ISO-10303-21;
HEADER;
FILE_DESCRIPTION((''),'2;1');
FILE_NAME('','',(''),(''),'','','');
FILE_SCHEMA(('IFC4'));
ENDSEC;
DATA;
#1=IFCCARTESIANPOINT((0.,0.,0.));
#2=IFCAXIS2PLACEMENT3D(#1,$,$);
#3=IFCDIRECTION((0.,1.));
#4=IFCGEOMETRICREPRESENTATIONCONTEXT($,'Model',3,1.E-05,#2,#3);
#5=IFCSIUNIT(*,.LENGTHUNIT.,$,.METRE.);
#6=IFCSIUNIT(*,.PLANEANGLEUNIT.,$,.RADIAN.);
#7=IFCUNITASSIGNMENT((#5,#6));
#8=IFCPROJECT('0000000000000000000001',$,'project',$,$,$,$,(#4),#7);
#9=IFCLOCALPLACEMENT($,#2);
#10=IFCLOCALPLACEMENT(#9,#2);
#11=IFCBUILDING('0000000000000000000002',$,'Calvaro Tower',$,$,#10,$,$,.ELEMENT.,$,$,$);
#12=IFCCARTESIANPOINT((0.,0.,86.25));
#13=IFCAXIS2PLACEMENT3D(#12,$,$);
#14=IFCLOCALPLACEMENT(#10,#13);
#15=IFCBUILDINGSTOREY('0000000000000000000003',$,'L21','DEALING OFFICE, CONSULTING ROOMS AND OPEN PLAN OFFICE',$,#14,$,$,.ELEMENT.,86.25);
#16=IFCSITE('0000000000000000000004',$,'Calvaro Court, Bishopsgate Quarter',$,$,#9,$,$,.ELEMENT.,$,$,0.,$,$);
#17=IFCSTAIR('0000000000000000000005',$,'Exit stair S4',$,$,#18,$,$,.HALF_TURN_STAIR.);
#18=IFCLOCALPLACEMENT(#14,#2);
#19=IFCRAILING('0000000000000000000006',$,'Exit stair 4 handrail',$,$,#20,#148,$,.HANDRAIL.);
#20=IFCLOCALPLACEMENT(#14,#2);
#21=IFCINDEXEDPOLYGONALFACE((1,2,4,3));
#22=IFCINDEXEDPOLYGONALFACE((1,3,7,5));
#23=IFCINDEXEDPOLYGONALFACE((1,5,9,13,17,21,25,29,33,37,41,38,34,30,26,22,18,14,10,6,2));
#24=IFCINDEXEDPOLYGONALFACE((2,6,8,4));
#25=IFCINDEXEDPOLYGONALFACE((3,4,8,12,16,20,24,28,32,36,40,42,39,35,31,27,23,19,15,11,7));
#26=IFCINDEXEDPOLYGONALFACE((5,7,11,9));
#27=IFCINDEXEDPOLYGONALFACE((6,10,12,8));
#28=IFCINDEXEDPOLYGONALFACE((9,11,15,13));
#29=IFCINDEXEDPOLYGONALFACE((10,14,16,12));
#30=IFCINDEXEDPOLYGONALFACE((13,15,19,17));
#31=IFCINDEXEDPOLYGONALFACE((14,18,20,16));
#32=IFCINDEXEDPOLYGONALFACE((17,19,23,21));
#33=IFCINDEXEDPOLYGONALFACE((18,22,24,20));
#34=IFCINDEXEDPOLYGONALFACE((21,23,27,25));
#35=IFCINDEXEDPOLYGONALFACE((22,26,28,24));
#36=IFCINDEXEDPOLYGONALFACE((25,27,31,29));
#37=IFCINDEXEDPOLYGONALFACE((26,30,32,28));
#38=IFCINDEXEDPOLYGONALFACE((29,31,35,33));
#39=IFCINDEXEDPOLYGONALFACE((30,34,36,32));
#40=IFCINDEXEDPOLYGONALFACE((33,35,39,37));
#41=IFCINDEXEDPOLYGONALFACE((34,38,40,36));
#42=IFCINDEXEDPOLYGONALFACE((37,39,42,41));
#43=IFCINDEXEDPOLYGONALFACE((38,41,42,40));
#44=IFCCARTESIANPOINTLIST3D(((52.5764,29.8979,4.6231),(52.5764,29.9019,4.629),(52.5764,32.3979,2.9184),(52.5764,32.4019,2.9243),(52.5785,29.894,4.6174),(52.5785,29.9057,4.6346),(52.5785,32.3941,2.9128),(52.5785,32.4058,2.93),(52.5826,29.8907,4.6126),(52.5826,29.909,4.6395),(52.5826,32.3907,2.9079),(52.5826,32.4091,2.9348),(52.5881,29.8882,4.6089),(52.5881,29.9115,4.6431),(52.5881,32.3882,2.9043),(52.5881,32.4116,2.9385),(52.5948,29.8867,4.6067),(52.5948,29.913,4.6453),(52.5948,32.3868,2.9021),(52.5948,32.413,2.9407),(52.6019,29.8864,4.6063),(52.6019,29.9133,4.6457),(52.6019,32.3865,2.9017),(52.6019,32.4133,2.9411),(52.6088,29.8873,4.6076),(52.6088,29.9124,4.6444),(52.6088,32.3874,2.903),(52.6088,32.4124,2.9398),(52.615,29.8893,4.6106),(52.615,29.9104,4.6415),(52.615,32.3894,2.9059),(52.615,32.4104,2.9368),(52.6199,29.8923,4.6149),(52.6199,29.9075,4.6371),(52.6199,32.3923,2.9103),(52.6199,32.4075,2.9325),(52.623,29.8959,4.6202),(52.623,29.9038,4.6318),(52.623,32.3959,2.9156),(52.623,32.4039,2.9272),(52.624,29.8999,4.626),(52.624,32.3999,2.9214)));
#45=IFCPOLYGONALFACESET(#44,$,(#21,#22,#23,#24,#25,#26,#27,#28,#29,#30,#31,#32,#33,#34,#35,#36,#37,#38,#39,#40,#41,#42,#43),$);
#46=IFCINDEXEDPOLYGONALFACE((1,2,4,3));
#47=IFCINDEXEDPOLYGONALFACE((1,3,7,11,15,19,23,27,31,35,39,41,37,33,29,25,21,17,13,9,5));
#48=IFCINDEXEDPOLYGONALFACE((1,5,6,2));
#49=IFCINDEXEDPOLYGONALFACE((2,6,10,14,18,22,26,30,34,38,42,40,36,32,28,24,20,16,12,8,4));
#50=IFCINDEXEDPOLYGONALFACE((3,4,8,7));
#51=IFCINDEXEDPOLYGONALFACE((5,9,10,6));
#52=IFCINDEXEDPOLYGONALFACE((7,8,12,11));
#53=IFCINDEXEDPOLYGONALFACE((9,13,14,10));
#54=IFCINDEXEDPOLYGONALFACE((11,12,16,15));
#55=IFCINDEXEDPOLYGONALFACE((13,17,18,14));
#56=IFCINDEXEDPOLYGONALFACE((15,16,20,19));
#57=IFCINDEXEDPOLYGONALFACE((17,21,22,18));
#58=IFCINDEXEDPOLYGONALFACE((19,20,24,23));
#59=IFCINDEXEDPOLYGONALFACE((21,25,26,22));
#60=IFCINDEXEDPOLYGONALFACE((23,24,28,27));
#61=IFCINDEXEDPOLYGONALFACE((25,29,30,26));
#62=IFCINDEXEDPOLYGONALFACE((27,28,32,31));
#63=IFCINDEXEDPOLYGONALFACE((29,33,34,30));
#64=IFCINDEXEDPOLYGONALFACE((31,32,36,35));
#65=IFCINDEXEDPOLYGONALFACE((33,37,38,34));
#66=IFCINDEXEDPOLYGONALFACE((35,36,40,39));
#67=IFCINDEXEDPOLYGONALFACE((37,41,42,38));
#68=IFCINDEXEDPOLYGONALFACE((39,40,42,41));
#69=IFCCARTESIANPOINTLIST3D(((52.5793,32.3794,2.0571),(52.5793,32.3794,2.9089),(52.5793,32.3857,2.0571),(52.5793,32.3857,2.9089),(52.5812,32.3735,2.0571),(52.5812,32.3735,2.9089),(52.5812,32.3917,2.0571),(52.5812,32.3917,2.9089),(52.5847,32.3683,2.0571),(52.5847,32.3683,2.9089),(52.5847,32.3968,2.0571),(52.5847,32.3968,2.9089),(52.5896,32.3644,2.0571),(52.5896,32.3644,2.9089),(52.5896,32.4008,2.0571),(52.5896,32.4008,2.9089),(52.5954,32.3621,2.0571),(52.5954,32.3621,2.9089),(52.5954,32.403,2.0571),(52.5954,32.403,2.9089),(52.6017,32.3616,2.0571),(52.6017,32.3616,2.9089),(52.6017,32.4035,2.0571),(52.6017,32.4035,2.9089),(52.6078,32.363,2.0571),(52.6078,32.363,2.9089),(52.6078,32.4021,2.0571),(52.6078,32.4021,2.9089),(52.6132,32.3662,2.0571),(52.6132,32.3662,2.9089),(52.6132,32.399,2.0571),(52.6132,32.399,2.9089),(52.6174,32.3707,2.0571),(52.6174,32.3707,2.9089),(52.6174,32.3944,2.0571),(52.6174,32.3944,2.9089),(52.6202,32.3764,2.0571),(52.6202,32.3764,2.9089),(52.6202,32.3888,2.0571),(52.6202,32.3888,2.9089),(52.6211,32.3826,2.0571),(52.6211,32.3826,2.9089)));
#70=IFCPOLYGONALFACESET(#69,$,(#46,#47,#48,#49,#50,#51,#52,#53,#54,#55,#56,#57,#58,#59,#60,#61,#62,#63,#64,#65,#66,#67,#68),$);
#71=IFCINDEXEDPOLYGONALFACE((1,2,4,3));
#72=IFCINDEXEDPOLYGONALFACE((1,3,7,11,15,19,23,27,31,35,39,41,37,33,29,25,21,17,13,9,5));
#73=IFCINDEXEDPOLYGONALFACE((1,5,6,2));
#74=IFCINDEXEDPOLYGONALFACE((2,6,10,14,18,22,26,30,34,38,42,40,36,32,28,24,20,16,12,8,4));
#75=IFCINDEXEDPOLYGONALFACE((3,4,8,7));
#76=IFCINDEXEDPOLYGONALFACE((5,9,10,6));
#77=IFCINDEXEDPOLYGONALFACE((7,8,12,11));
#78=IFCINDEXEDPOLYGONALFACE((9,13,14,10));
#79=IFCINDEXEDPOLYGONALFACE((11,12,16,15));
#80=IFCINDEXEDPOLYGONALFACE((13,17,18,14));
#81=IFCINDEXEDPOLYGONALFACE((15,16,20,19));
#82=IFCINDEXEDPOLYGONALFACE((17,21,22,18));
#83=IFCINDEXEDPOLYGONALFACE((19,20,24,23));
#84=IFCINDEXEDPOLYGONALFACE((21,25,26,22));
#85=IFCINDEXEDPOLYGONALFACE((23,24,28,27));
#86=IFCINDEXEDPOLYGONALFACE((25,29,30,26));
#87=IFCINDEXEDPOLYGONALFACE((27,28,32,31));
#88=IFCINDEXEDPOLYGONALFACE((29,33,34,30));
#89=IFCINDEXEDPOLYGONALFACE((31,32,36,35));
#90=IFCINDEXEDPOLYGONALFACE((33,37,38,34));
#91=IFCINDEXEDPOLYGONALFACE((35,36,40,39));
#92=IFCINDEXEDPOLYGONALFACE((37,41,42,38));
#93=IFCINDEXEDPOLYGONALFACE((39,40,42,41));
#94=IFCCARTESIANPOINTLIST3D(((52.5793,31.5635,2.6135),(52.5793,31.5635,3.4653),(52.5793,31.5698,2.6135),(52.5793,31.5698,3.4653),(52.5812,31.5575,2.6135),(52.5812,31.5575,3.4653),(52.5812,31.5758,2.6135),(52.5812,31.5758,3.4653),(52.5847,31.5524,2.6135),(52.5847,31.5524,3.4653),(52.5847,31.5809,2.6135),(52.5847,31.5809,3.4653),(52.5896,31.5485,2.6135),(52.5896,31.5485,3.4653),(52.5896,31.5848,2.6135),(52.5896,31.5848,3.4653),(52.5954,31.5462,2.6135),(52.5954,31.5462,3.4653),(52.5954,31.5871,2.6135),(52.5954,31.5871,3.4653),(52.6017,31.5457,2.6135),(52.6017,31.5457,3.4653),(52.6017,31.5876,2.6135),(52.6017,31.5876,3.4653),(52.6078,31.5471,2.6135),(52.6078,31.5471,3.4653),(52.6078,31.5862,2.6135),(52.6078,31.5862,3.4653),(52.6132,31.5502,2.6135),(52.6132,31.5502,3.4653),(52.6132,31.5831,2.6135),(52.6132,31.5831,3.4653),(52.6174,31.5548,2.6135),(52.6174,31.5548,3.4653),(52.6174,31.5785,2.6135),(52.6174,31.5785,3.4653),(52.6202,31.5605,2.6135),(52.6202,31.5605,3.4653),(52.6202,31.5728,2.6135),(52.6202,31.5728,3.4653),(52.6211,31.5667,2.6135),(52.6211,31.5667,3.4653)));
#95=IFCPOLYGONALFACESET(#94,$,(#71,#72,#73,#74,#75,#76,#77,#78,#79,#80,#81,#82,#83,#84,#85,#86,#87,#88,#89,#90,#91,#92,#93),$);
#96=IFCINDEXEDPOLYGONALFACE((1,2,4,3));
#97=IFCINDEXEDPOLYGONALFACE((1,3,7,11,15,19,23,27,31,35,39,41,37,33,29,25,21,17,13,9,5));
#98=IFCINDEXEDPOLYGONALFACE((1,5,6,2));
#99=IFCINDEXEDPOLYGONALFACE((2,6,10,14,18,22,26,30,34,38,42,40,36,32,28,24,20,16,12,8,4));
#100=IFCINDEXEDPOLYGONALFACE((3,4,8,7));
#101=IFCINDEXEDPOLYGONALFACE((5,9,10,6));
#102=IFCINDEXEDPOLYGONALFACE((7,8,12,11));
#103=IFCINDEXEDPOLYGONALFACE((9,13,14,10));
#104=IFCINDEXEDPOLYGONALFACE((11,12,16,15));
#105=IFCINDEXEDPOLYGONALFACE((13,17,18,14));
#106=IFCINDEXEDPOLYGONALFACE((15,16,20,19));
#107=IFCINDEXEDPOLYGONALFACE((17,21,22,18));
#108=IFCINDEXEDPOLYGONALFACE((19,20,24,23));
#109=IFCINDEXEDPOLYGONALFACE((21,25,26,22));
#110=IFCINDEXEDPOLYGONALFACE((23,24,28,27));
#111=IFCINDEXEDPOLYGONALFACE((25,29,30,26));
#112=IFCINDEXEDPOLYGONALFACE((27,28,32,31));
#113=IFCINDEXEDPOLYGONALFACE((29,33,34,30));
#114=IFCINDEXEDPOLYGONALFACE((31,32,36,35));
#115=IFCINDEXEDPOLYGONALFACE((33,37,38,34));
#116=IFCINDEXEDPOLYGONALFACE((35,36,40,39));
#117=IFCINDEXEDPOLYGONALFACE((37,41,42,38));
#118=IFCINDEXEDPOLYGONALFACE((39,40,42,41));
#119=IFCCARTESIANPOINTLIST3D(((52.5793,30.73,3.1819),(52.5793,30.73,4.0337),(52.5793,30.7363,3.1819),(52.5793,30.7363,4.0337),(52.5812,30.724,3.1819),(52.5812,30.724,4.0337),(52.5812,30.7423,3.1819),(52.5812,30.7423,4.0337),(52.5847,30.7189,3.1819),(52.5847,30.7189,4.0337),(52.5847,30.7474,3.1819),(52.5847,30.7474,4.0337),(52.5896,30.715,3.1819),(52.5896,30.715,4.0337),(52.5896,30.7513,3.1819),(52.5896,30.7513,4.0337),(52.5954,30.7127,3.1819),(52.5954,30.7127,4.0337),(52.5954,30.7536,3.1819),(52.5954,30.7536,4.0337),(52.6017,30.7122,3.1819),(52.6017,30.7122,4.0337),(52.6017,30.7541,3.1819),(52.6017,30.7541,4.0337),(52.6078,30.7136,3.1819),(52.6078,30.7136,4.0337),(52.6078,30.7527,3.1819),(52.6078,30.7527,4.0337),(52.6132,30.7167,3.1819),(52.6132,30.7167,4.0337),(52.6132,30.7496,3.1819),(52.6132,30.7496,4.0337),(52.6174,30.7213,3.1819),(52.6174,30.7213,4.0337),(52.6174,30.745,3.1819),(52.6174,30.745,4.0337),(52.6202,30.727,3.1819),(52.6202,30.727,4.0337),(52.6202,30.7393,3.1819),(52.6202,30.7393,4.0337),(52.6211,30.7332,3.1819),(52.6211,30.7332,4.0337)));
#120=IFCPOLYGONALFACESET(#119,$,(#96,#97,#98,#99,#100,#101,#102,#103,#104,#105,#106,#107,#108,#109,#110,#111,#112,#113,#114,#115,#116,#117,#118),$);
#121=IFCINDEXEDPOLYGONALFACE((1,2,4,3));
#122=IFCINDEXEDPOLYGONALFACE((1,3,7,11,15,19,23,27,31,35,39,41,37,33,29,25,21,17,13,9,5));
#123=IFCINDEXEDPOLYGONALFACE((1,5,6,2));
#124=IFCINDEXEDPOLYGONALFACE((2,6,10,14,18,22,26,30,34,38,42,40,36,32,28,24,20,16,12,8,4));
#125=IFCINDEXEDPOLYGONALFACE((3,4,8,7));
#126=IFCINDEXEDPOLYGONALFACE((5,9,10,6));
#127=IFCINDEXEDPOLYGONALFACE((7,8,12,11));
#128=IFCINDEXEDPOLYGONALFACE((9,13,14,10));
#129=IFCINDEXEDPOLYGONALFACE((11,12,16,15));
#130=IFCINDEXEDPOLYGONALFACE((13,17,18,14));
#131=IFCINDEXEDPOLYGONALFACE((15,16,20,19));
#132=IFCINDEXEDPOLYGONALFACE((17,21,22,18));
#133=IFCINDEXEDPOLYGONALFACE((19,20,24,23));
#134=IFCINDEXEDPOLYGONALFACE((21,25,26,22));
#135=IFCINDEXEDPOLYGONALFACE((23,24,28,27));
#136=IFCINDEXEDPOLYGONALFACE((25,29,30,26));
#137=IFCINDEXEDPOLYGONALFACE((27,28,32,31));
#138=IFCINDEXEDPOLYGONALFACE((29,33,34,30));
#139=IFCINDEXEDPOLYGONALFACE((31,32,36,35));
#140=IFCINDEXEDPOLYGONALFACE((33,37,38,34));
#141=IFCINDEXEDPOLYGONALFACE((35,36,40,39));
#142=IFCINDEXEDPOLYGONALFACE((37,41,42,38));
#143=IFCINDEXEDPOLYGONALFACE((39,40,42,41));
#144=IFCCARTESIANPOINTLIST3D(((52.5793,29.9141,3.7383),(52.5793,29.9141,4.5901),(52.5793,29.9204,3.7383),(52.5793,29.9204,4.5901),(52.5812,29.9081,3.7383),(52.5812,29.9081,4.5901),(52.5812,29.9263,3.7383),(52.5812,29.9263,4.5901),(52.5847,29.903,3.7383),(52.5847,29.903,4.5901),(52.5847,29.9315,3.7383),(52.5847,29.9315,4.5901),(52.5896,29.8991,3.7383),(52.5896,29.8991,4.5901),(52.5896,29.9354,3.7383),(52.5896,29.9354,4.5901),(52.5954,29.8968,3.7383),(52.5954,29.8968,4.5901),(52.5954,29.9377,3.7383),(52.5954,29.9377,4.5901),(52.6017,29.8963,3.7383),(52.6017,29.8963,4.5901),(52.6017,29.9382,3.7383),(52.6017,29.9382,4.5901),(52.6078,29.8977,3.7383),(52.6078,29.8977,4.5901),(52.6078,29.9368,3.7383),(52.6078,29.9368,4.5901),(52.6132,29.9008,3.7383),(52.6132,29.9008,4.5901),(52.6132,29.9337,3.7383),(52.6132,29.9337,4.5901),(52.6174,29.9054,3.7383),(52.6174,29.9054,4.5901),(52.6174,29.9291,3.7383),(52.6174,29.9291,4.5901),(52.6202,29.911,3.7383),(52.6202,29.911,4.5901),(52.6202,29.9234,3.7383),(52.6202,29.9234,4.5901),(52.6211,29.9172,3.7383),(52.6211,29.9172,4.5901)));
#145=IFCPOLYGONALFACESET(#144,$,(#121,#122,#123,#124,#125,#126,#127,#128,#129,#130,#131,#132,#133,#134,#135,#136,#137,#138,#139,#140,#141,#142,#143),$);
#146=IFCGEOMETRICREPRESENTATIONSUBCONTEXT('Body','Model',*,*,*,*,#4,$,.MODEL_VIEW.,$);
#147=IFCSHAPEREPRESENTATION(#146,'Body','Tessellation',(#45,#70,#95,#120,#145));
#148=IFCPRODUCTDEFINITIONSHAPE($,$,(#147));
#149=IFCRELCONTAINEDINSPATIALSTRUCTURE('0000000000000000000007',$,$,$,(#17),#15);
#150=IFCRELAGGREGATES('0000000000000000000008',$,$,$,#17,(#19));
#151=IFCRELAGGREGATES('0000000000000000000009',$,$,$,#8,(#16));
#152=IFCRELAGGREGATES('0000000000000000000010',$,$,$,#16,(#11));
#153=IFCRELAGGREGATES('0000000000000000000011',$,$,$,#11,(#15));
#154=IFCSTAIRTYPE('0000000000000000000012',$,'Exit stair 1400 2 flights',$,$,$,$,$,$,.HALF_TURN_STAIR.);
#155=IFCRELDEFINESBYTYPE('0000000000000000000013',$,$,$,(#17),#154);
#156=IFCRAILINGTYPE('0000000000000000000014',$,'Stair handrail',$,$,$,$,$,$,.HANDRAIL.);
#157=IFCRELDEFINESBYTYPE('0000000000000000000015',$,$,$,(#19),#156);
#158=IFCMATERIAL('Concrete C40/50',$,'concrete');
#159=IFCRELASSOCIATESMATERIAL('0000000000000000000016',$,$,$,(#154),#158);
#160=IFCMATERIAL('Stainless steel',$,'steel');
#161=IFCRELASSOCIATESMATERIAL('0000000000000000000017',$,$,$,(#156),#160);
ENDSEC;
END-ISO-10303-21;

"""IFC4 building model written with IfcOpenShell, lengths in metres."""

from ifc_helpers import new_model, si_unit, direction, frame, origin, origin_2d, place, context, subcontext, project, spatial, circle, extrude, material, type_object, element, aggregate, save


model = new_model("IFC4")

# Units and contexts
model_context = context("Model", 3, precision=1e-05, world=origin(), true_north=direction((0.0, 1.0)))
body_context = subcontext(model_context, "Body", "Model", "MODEL_VIEW")
ifc_project = project(units=[si_unit("LENGTHUNIT", "METRE"), si_unit("PLANEANGLEUNIT", "RADIAN")], contexts=[model_context])

# Site, building, storey
site_placement = place(None, origin())
site = spatial("IfcSite", under=ifc_project, at=site_placement, Name="Calvaro Court, Bishopsgate Quarter", CompositionType="ELEMENT", RefElevation=0.0)
building_placement = place(site_placement, origin())
building = spatial("IfcBuilding", under=site, at=building_placement, Name="Calvaro Tower", CompositionType="ELEMENT")
storey_placement = place(building_placement, frame((0.0, 0.0, 86.25)))
storey = spatial("IfcBuildingStorey", under=building, at=storey_placement, Name="L21", Description="DEALING OFFICE, CONSULTING ROOMS AND OPEN PLAN OFFICE", CompositionType="ELEMENT", Elevation=86.25)

# Stair
ifc_material_1 = material(Name="Concrete C40/50", Category="concrete")
stair_type = type_object("IfcStairType", Name="Exit stair 1400 2 flights", PredefinedType="HALF_TURN_STAIR", material=ifc_material_1)
stair_1_placement = place(storey_placement, origin())
stair_1 = element("IfcStair", 1, at=stair_1_placement, inside=storey, type_object=stair_type, Name="Exit stair S4", PredefinedType="HALF_TURN_STAIR")

# Railing
ifc_material_2 = material(Name="Stainless steel", Category="steel")
railing_type = type_object("IfcRailingType", Name="Stair handrail", PredefinedType="HANDRAIL", material=ifc_material_2)
railing_1_placement = place(storey_placement, frame((52.6001, 32.3999, 2.0454)))
railing_1 = element("IfcRailing", 2, at=railing_1_placement, type_object=railing_type, Name="Exit stair 4 handrail", PredefinedType="HANDRAIL", context=body_context, shape_type="SweptSolid", body=[
    extrude(circle(Radius=0.0239, at=origin_2d()), frame((0.0, 0.0, 0.876), z_axis=(0.0, -0.826221, 0.563347), x_axis=(1.0, 0.0, 0.0)), (0.0, 0.0, 1.0), 3.0259),
    extrude(circle(Radius=0.021, at=origin_2d()), frame((0.0, -0.0173, 0.0117)), (0.0, 0.0, 1.0), 0.8518),
    extrude(circle(Radius=0.021, at=origin_2d()), frame((0.0, -0.8333, 0.5681)), (0.0, 0.0, 1.0), 0.8518),
    extrude(circle(Radius=0.021, at=origin_2d()), frame((0.0, -1.6667, 1.1365)), (0.0, 0.0, 1.0), 0.8518),
    extrude(circle(Radius=0.021, at=origin_2d()), frame((0.0, -2.4827, 1.6929)), (0.0, 0.0, 1.0), 0.8518),
])
aggregate(stair_1, [railing_1])

save(model, "model.ifc")
